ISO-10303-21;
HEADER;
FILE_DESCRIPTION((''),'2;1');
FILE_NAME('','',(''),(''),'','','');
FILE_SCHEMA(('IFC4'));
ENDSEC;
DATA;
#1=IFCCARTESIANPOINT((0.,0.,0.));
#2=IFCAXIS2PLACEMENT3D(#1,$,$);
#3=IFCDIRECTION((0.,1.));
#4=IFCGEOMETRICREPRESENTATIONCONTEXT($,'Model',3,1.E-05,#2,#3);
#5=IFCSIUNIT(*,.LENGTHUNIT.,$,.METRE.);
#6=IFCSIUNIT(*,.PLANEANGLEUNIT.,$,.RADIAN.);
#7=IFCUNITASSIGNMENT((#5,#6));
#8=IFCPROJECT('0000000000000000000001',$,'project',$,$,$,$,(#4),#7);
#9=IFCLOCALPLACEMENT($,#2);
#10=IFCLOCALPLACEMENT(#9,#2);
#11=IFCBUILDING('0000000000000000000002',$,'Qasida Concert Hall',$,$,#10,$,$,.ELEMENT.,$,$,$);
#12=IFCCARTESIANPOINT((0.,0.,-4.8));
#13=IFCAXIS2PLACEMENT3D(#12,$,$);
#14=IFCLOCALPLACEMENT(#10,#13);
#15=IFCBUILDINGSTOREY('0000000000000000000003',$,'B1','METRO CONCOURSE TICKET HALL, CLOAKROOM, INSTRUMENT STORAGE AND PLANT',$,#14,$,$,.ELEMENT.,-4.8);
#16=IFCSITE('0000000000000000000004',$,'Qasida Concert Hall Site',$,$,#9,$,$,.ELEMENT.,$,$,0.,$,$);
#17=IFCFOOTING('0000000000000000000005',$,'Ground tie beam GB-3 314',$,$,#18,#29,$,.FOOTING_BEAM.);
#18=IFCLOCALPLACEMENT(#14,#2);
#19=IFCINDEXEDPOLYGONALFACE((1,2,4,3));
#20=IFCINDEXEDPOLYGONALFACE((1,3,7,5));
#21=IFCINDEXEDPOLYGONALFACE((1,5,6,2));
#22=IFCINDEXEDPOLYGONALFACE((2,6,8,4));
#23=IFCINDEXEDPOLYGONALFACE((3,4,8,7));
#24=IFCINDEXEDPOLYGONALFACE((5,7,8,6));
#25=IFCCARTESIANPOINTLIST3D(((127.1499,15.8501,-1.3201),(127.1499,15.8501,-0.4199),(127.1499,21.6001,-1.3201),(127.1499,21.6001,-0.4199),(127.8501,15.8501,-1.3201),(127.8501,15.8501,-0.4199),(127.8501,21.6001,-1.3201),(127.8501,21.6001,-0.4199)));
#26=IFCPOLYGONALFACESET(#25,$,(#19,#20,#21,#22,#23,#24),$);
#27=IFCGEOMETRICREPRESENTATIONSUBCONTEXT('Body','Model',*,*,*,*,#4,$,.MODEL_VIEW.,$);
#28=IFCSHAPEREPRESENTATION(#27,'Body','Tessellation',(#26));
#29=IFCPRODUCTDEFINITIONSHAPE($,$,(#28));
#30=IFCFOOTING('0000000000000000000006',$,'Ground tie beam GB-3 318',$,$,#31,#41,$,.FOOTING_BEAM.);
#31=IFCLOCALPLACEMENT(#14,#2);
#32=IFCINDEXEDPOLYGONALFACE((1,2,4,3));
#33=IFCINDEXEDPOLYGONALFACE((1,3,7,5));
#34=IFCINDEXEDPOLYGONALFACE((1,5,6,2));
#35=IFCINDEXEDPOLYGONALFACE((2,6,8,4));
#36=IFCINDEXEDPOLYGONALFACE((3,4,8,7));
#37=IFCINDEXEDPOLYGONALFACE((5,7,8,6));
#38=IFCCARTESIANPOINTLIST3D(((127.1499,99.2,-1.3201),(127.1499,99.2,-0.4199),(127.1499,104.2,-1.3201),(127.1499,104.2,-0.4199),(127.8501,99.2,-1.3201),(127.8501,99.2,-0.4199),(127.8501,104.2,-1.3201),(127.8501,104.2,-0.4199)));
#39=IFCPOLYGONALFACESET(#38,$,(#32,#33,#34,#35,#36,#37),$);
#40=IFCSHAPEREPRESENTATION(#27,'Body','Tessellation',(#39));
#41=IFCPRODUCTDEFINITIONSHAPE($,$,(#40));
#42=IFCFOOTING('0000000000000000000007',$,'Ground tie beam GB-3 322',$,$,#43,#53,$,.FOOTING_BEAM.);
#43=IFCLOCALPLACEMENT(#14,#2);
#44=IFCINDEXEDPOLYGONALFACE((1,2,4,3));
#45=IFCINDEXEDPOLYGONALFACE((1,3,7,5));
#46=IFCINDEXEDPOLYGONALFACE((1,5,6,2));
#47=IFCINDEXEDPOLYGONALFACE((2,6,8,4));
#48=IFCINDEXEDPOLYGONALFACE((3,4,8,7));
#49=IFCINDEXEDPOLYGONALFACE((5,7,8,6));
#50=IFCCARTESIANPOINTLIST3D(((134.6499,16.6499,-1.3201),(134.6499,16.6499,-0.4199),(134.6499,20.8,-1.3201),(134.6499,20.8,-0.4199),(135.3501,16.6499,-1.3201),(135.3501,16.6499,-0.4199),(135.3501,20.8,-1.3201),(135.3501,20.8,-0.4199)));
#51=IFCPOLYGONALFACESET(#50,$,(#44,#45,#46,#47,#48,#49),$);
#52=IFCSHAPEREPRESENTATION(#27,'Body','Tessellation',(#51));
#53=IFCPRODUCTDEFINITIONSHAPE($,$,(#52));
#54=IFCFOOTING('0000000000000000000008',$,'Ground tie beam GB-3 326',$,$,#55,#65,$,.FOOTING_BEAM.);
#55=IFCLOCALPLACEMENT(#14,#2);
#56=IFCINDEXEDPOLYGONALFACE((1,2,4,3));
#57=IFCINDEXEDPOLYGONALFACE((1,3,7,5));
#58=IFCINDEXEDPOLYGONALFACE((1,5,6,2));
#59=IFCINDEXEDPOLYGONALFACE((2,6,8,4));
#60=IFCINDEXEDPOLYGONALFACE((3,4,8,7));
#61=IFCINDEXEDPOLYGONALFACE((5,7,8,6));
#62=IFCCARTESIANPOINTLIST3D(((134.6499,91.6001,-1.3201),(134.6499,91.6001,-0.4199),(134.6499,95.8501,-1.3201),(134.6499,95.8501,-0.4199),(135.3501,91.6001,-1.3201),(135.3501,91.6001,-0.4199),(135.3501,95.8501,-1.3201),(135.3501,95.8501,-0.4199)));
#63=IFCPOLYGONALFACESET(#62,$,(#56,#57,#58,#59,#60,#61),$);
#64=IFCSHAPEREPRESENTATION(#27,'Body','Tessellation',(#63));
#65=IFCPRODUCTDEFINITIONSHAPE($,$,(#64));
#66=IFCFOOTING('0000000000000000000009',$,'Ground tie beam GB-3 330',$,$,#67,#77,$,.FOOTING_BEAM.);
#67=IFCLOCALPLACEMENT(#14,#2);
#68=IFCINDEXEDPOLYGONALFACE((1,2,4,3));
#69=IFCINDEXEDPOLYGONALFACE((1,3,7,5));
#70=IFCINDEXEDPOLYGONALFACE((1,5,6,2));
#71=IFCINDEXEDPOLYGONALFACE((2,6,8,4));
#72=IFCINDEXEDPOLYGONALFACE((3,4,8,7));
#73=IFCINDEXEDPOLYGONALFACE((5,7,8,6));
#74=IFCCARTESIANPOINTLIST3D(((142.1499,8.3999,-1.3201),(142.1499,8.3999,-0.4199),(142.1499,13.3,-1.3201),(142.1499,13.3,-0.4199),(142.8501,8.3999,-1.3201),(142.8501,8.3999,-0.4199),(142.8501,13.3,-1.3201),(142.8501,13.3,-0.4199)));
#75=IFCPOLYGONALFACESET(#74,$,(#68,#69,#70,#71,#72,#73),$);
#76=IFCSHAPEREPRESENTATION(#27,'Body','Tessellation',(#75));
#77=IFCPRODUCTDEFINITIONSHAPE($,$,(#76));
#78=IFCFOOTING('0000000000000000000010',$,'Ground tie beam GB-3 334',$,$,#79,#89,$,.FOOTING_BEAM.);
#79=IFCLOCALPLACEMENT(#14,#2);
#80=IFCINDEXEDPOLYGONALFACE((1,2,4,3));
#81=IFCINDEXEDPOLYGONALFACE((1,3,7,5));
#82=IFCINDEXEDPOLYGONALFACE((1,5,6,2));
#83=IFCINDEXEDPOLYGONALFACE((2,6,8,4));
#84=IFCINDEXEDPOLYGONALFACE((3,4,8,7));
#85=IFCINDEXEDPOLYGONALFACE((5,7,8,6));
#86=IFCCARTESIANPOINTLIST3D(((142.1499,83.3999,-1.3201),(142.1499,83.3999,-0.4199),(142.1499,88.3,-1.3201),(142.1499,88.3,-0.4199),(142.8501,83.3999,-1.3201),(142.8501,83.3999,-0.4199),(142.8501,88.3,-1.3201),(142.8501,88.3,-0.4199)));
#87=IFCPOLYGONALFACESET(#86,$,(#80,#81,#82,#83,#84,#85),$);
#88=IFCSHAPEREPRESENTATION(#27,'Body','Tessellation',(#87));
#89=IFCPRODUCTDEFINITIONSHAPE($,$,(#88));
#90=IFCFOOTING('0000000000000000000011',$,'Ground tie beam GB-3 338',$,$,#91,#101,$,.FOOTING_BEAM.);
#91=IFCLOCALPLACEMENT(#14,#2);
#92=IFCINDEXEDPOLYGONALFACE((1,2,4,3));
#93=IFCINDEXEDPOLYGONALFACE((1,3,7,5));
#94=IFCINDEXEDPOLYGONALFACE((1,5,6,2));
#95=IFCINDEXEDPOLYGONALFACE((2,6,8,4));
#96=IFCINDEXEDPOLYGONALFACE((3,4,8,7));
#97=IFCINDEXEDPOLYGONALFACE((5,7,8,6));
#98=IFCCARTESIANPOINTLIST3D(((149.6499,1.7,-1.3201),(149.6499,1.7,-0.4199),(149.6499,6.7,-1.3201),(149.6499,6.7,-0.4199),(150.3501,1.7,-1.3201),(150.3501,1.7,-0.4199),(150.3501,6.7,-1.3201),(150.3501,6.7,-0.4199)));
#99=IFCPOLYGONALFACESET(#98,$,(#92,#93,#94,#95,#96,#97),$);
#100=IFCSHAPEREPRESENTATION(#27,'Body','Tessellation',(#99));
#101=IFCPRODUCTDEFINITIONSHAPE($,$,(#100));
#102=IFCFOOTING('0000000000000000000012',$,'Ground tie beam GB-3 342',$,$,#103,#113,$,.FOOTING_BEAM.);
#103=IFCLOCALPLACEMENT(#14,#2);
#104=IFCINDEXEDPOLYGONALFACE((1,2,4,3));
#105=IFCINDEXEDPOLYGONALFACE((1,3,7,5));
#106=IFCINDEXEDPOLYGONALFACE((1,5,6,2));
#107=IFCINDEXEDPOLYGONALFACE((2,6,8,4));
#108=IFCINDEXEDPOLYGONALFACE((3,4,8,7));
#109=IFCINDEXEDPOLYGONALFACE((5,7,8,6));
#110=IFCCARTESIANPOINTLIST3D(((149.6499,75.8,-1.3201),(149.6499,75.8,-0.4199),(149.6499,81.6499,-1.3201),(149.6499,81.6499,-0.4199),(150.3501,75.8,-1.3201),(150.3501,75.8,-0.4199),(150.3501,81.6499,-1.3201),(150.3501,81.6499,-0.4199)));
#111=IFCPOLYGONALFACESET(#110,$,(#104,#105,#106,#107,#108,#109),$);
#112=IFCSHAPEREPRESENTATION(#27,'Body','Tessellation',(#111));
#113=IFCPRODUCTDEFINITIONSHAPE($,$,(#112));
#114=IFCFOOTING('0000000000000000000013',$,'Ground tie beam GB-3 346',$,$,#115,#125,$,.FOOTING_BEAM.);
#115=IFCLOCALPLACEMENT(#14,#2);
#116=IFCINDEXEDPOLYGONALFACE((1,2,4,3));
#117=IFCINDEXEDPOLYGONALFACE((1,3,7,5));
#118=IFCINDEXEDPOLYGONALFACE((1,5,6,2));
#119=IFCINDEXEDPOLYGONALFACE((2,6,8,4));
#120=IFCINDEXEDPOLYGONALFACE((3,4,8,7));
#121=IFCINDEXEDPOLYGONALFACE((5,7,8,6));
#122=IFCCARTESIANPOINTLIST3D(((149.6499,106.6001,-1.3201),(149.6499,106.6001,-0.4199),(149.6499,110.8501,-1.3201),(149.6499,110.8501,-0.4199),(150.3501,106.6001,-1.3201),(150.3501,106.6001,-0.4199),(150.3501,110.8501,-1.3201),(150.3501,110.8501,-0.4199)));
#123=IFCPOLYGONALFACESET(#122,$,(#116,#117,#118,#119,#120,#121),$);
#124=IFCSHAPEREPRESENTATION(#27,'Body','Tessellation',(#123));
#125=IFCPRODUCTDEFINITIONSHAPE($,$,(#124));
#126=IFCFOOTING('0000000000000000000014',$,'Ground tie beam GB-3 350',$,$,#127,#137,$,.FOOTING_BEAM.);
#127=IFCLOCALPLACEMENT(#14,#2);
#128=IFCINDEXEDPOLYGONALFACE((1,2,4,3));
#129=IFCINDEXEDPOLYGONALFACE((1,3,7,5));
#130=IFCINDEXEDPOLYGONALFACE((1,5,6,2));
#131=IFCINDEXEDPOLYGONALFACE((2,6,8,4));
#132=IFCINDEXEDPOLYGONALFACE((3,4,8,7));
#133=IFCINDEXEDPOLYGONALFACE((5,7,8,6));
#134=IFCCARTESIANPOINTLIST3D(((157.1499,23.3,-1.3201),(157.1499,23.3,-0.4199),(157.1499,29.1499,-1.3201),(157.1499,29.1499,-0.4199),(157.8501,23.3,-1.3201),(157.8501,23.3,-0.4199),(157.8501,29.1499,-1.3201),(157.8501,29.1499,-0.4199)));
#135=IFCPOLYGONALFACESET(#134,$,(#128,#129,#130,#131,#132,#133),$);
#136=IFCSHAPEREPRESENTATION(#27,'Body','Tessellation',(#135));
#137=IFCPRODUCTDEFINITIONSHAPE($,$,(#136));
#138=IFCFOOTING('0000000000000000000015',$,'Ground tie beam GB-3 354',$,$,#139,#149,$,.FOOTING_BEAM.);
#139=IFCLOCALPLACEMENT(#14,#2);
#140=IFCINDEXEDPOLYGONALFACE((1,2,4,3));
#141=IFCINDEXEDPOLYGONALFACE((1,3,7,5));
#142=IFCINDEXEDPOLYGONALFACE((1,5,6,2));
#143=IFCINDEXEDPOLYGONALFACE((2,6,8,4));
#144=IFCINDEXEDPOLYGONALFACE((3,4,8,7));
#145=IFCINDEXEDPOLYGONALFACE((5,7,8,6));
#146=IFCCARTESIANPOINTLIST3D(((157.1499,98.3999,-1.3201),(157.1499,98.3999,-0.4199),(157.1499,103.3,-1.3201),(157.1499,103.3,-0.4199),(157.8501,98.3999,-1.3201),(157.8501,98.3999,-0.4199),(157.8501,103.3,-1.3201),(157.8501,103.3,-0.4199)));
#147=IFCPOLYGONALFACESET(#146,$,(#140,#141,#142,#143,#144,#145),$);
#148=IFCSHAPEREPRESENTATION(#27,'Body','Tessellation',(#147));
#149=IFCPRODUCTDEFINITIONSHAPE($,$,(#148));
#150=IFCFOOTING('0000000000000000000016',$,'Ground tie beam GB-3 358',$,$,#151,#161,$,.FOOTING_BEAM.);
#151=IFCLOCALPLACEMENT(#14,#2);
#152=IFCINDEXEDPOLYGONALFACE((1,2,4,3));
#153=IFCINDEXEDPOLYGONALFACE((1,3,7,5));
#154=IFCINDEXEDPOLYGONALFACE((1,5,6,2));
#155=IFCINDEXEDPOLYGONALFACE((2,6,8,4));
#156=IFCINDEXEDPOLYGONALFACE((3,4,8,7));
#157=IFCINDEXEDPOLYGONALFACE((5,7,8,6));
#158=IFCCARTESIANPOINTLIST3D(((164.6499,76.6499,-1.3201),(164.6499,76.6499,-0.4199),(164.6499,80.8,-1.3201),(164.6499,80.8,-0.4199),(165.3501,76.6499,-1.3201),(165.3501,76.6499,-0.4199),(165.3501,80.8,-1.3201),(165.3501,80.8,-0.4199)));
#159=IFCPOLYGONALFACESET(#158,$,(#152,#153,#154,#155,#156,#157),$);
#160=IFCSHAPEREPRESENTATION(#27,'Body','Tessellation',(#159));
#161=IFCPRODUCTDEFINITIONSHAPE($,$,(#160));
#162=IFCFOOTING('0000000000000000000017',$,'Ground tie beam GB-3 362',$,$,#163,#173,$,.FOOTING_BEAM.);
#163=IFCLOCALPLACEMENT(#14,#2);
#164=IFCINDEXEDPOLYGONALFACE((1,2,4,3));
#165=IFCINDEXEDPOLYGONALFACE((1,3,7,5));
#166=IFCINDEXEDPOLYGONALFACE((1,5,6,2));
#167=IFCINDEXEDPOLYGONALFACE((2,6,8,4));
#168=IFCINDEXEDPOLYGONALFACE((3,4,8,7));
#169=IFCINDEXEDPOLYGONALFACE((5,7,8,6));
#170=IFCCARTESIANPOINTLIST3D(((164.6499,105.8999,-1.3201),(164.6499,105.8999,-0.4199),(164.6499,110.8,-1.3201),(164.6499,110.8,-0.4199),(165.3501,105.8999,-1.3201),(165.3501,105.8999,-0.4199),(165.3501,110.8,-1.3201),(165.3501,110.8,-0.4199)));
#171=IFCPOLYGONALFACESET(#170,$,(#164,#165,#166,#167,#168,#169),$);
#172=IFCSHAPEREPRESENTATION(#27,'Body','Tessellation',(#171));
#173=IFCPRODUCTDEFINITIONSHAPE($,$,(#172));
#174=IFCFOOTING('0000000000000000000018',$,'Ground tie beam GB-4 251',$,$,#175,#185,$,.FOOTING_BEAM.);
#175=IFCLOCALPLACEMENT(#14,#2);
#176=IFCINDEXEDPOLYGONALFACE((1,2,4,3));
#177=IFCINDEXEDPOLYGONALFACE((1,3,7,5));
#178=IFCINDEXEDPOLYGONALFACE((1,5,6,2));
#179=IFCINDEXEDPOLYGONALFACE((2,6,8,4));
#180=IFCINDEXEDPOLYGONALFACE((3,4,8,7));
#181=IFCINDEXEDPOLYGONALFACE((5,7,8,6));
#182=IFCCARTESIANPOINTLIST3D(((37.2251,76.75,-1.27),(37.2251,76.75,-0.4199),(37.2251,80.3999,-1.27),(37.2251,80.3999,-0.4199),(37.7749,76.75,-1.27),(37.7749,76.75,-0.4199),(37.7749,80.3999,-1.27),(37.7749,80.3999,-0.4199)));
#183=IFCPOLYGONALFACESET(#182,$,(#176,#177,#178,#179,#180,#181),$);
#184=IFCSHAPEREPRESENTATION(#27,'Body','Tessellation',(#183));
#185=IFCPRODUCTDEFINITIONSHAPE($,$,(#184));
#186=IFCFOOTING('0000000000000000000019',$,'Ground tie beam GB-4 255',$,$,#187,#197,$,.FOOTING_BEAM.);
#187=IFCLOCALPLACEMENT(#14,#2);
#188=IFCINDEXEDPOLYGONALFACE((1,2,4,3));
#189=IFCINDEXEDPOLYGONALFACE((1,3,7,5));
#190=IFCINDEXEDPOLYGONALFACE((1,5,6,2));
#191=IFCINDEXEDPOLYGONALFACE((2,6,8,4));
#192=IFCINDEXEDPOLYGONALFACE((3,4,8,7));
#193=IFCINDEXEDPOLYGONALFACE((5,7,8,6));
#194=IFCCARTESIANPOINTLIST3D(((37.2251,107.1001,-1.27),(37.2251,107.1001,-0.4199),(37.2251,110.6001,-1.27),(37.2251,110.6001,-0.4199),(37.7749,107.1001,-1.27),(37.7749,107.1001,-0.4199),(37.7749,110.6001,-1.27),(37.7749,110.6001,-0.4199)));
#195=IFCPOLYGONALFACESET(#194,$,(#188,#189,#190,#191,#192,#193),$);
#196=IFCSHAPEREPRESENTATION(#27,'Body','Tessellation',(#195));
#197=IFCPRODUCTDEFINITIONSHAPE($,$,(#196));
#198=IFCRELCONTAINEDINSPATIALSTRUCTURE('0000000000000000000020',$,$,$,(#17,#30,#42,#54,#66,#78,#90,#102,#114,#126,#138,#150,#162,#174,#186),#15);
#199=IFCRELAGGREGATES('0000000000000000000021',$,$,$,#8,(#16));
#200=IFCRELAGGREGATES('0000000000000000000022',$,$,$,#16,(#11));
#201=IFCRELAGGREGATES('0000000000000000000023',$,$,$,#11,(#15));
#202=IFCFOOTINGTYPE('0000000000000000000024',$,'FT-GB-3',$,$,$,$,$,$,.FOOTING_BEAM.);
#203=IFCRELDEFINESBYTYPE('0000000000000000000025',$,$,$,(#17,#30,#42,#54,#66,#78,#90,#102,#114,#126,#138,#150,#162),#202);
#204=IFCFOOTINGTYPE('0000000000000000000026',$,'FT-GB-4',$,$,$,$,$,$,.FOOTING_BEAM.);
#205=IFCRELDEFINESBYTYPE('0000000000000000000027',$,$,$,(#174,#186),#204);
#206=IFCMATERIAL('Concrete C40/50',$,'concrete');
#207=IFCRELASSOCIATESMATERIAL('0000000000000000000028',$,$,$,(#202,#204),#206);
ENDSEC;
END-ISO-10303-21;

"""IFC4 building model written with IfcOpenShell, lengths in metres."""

from ifc_helpers import new_model, si_unit, direction, frame, origin, place, context, subcontext, project, spatial, polyline, outline, extrude, material, type_object, element, save


model = new_model("IFC4")

# Units and contexts
model_context = context("Model", 3, precision=1e-05, world=origin(), true_north=direction((0.0, 1.0)))
body_context = subcontext(model_context, "Body", "Model", "MODEL_VIEW")
ifc_project = project(units=[si_unit("LENGTHUNIT", "METRE"), si_unit("PLANEANGLEUNIT", "RADIAN")], contexts=[model_context])

# Site, building, storey
site_placement = place(None, origin())
site = spatial("IfcSite", under=ifc_project, at=site_placement, Name="Qasida Concert Hall Site", CompositionType="ELEMENT", RefElevation=0.0)
building_placement = place(site_placement, origin())
building = spatial("IfcBuilding", under=site, at=building_placement, Name="Qasida Concert Hall", CompositionType="ELEMENT")
storey_placement = place(building_placement, frame((0.0, 0.0, -4.8)))
storey = spatial("IfcBuildingStorey", under=building, at=storey_placement, Name="B1", Description="METRO CONCOURSE TICKET HALL, CLOAKROOM, INSTRUMENT STORAGE AND PLANT", CompositionType="ELEMENT", Elevation=-4.8)

# Footings
ifc_material = material(Name="Concrete C40/50", Category="concrete")
footing_type_1 = type_object("IfcFootingType", Name="FT-GB-3", PredefinedType="FOOTING_BEAM", material=ifc_material)
footing_1_placement = place(storey_placement, frame((0.0, 0.0, -1.3201)))
element("IfcFooting", 1, at=footing_1_placement, inside=storey, type_object=footing_type_1, Name="Ground tie beam GB-3 314", PredefinedType="FOOTING_BEAM", context=body_context, shape_type="SweptSolid", body=[
    extrude(outline(polyline([(127.1499, 15.8501), (127.8501, 15.8501), (127.8501, 21.6001), (127.1499, 21.6001), (127.1499, 15.8501)])), origin(), (0.0, 0.0, 1.0), 0.9001),
])
footing_2_placement = place(storey_placement, frame((0.0, 0.0, -1.3201)))
element("IfcFooting", 2, at=footing_2_placement, inside=storey, type_object=footing_type_1, Name="Ground tie beam GB-3 318", PredefinedType="FOOTING_BEAM", context=body_context, shape_type="SweptSolid", body=[
    extrude(outline(polyline([(127.1499, 99.2), (127.8501, 99.2), (127.8501, 104.2), (127.1499, 104.2), (127.1499, 99.2)])), origin(), (0.0, 0.0, 1.0), 0.9001),
])
footing_3_placement = place(storey_placement, frame((0.0, 0.0, -1.3201)))
element("IfcFooting", 3, at=footing_3_placement, inside=storey, type_object=footing_type_1, Name="Ground tie beam GB-3 322", PredefinedType="FOOTING_BEAM", context=body_context, shape_type="SweptSolid", body=[
    extrude(outline(polyline([(134.6499, 16.6499), (135.3501, 16.6499), (135.3501, 20.8), (134.6499, 20.8), (134.6499, 16.6499)])), origin(), (0.0, 0.0, 1.0), 0.9001),
])
footing_4_placement = place(storey_placement, frame((0.0, 0.0, -1.3201)))
element("IfcFooting", 4, at=footing_4_placement, inside=storey, type_object=footing_type_1, Name="Ground tie beam GB-3 326", PredefinedType="FOOTING_BEAM", context=body_context, shape_type="SweptSolid", body=[
    extrude(outline(polyline([(134.6499, 91.6001), (135.3501, 91.6001), (135.3501, 95.8501), (134.6499, 95.8501), (134.6499, 91.6001)])), origin(), (0.0, 0.0, 1.0), 0.9001),
])
footing_5_placement = place(storey_placement, frame((0.0, 0.0, -1.3201)))
element("IfcFooting", 5, at=footing_5_placement, inside=storey, type_object=footing_type_1, Name="Ground tie beam GB-3 330", PredefinedType="FOOTING_BEAM", context=body_context, shape_type="SweptSolid", body=[
    extrude(outline(polyline([(142.1499, 8.3999), (142.8501, 8.3999), (142.8501, 13.3), (142.1499, 13.3), (142.1499, 8.3999)])), origin(), (0.0, 0.0, 1.0), 0.9001),
])
footing_6_placement = place(storey_placement, frame((0.0, 0.0, -1.3201)))
element("IfcFooting", 6, at=footing_6_placement, inside=storey, type_object=footing_type_1, Name="Ground tie beam GB-3 334", PredefinedType="FOOTING_BEAM", context=body_context, shape_type="SweptSolid", body=[
    extrude(outline(polyline([(142.1499, 83.3999), (142.8501, 83.3999), (142.8501, 88.3), (142.1499, 88.3), (142.1499, 83.3999)])), origin(), (0.0, 0.0, 1.0), 0.9001),
])
footing_7_placement = place(storey_placement, frame((0.0, 0.0, -1.3201)))
element("IfcFooting", 7, at=footing_7_placement, inside=storey, type_object=footing_type_1, Name="Ground tie beam GB-3 338", PredefinedType="FOOTING_BEAM", context=body_context, shape_type="SweptSolid", body=[
    extrude(outline(polyline([(149.6499, 1.7), (150.3501, 1.7), (150.3501, 6.7), (149.6499, 6.7), (149.6499, 1.7)])), origin(), (0.0, 0.0, 1.0), 0.9001),
])
footing_8_placement = place(storey_placement, frame((0.0, 0.0, -1.3201)))
element("IfcFooting", 8, at=footing_8_placement, inside=storey, type_object=footing_type_1, Name="Ground tie beam GB-3 342", PredefinedType="FOOTING_BEAM", context=body_context, shape_type="SweptSolid", body=[
    extrude(outline(polyline([(149.6499, 75.8), (150.3501, 75.8), (150.3501, 81.6499), (149.6499, 81.6499), (149.6499, 75.8)])), origin(), (0.0, 0.0, 1.0), 0.9001),
])
footing_9_placement = place(storey_placement, frame((0.0, 0.0, -1.3201)))
element("IfcFooting", 9, at=footing_9_placement, inside=storey, type_object=footing_type_1, Name="Ground tie beam GB-3 346", PredefinedType="FOOTING_BEAM", context=body_context, shape_type="SweptSolid", body=[
    extrude(outline(polyline([(149.6499, 106.6001), (150.3501, 106.6001), (150.3501, 110.8501), (149.6499, 110.8501), (149.6499, 106.6001)])), origin(), (0.0, 0.0, 1.0), 0.9001),
])
footing_10_placement = place(storey_placement, frame((0.0, 0.0, -1.3201)))
element("IfcFooting", 10, at=footing_10_placement, inside=storey, type_object=footing_type_1, Name="Ground tie beam GB-3 350", PredefinedType="FOOTING_BEAM", context=body_context, shape_type="SweptSolid", body=[
    extrude(outline(polyline([(157.1499, 23.3), (157.8501, 23.3), (157.8501, 29.1499), (157.1499, 29.1499), (157.1499, 23.3)])), origin(), (0.0, 0.0, 1.0), 0.9001),
])
footing_11_placement = place(storey_placement, frame((0.0, 0.0, -1.3201)))
element("IfcFooting", 11, at=footing_11_placement, inside=storey, type_object=footing_type_1, Name="Ground tie beam GB-3 354", PredefinedType="FOOTING_BEAM", context=body_context, shape_type="SweptSolid", body=[
    extrude(outline(polyline([(157.1499, 98.3999), (157.8501, 98.3999), (157.8501, 103.3), (157.1499, 103.3), (157.1499, 98.3999)])), origin(), (0.0, 0.0, 1.0), 0.9001),
])
footing_12_placement = place(storey_placement, frame((0.0, 0.0, -1.3201)))
element("IfcFooting", 12, at=footing_12_placement, inside=storey, type_object=footing_type_1, Name="Ground tie beam GB-3 358", PredefinedType="FOOTING_BEAM", context=body_context, shape_type="SweptSolid", body=[
    extrude(outline(polyline([(164.6499, 76.6499), (165.3501, 76.6499), (165.3501, 80.8), (164.6499, 80.8), (164.6499, 76.6499)])), origin(), (0.0, 0.0, 1.0), 0.9001),
])
footing_13_placement = place(storey_placement, frame((0.0, 0.0, -1.3201)))
element("IfcFooting", 13, at=footing_13_placement, inside=storey, type_object=footing_type_1, Name="Ground tie beam GB-3 362", PredefinedType="FOOTING_BEAM", context=body_context, shape_type="SweptSolid", body=[
    extrude(outline(polyline([(164.6499, 105.8999), (165.3501, 105.8999), (165.3501, 110.8), (164.6499, 110.8), (164.6499, 105.8999)])), origin(), (0.0, 0.0, 1.0), 0.9001),
])
footing_type_2 = type_object("IfcFootingType", Name="FT-GB-4", PredefinedType="FOOTING_BEAM", material=ifc_material)
footing_14_placement = place(storey_placement, frame((0.0, 0.0, -1.27)))
element("IfcFooting", 14, at=footing_14_placement, inside=storey, type_object=footing_type_2, Name="Ground tie beam GB-4 251", PredefinedType="FOOTING_BEAM", context=body_context, shape_type="SweptSolid", body=[
    extrude(outline(polyline([(37.2251, 76.75), (37.7749, 76.75), (37.7749, 80.3999), (37.2251, 80.3999), (37.2251, 76.75)])), origin(), (0.0, 0.0, 1.0), 0.8501),
])
footing_15_placement = place(storey_placement, frame((0.0, 0.0, -1.27)))
element("IfcFooting", 15, at=footing_15_placement, inside=storey, type_object=footing_type_2, Name="Ground tie beam GB-4 255", PredefinedType="FOOTING_BEAM", context=body_context, shape_type="SweptSolid", body=[
    extrude(outline(polyline([(37.2251, 107.1001), (37.7749, 107.1001), (37.7749, 110.6001), (37.2251, 110.6001), (37.2251, 107.1001)])), origin(), (0.0, 0.0, 1.0), 0.8501),
])

save(model, "model.ifc")
